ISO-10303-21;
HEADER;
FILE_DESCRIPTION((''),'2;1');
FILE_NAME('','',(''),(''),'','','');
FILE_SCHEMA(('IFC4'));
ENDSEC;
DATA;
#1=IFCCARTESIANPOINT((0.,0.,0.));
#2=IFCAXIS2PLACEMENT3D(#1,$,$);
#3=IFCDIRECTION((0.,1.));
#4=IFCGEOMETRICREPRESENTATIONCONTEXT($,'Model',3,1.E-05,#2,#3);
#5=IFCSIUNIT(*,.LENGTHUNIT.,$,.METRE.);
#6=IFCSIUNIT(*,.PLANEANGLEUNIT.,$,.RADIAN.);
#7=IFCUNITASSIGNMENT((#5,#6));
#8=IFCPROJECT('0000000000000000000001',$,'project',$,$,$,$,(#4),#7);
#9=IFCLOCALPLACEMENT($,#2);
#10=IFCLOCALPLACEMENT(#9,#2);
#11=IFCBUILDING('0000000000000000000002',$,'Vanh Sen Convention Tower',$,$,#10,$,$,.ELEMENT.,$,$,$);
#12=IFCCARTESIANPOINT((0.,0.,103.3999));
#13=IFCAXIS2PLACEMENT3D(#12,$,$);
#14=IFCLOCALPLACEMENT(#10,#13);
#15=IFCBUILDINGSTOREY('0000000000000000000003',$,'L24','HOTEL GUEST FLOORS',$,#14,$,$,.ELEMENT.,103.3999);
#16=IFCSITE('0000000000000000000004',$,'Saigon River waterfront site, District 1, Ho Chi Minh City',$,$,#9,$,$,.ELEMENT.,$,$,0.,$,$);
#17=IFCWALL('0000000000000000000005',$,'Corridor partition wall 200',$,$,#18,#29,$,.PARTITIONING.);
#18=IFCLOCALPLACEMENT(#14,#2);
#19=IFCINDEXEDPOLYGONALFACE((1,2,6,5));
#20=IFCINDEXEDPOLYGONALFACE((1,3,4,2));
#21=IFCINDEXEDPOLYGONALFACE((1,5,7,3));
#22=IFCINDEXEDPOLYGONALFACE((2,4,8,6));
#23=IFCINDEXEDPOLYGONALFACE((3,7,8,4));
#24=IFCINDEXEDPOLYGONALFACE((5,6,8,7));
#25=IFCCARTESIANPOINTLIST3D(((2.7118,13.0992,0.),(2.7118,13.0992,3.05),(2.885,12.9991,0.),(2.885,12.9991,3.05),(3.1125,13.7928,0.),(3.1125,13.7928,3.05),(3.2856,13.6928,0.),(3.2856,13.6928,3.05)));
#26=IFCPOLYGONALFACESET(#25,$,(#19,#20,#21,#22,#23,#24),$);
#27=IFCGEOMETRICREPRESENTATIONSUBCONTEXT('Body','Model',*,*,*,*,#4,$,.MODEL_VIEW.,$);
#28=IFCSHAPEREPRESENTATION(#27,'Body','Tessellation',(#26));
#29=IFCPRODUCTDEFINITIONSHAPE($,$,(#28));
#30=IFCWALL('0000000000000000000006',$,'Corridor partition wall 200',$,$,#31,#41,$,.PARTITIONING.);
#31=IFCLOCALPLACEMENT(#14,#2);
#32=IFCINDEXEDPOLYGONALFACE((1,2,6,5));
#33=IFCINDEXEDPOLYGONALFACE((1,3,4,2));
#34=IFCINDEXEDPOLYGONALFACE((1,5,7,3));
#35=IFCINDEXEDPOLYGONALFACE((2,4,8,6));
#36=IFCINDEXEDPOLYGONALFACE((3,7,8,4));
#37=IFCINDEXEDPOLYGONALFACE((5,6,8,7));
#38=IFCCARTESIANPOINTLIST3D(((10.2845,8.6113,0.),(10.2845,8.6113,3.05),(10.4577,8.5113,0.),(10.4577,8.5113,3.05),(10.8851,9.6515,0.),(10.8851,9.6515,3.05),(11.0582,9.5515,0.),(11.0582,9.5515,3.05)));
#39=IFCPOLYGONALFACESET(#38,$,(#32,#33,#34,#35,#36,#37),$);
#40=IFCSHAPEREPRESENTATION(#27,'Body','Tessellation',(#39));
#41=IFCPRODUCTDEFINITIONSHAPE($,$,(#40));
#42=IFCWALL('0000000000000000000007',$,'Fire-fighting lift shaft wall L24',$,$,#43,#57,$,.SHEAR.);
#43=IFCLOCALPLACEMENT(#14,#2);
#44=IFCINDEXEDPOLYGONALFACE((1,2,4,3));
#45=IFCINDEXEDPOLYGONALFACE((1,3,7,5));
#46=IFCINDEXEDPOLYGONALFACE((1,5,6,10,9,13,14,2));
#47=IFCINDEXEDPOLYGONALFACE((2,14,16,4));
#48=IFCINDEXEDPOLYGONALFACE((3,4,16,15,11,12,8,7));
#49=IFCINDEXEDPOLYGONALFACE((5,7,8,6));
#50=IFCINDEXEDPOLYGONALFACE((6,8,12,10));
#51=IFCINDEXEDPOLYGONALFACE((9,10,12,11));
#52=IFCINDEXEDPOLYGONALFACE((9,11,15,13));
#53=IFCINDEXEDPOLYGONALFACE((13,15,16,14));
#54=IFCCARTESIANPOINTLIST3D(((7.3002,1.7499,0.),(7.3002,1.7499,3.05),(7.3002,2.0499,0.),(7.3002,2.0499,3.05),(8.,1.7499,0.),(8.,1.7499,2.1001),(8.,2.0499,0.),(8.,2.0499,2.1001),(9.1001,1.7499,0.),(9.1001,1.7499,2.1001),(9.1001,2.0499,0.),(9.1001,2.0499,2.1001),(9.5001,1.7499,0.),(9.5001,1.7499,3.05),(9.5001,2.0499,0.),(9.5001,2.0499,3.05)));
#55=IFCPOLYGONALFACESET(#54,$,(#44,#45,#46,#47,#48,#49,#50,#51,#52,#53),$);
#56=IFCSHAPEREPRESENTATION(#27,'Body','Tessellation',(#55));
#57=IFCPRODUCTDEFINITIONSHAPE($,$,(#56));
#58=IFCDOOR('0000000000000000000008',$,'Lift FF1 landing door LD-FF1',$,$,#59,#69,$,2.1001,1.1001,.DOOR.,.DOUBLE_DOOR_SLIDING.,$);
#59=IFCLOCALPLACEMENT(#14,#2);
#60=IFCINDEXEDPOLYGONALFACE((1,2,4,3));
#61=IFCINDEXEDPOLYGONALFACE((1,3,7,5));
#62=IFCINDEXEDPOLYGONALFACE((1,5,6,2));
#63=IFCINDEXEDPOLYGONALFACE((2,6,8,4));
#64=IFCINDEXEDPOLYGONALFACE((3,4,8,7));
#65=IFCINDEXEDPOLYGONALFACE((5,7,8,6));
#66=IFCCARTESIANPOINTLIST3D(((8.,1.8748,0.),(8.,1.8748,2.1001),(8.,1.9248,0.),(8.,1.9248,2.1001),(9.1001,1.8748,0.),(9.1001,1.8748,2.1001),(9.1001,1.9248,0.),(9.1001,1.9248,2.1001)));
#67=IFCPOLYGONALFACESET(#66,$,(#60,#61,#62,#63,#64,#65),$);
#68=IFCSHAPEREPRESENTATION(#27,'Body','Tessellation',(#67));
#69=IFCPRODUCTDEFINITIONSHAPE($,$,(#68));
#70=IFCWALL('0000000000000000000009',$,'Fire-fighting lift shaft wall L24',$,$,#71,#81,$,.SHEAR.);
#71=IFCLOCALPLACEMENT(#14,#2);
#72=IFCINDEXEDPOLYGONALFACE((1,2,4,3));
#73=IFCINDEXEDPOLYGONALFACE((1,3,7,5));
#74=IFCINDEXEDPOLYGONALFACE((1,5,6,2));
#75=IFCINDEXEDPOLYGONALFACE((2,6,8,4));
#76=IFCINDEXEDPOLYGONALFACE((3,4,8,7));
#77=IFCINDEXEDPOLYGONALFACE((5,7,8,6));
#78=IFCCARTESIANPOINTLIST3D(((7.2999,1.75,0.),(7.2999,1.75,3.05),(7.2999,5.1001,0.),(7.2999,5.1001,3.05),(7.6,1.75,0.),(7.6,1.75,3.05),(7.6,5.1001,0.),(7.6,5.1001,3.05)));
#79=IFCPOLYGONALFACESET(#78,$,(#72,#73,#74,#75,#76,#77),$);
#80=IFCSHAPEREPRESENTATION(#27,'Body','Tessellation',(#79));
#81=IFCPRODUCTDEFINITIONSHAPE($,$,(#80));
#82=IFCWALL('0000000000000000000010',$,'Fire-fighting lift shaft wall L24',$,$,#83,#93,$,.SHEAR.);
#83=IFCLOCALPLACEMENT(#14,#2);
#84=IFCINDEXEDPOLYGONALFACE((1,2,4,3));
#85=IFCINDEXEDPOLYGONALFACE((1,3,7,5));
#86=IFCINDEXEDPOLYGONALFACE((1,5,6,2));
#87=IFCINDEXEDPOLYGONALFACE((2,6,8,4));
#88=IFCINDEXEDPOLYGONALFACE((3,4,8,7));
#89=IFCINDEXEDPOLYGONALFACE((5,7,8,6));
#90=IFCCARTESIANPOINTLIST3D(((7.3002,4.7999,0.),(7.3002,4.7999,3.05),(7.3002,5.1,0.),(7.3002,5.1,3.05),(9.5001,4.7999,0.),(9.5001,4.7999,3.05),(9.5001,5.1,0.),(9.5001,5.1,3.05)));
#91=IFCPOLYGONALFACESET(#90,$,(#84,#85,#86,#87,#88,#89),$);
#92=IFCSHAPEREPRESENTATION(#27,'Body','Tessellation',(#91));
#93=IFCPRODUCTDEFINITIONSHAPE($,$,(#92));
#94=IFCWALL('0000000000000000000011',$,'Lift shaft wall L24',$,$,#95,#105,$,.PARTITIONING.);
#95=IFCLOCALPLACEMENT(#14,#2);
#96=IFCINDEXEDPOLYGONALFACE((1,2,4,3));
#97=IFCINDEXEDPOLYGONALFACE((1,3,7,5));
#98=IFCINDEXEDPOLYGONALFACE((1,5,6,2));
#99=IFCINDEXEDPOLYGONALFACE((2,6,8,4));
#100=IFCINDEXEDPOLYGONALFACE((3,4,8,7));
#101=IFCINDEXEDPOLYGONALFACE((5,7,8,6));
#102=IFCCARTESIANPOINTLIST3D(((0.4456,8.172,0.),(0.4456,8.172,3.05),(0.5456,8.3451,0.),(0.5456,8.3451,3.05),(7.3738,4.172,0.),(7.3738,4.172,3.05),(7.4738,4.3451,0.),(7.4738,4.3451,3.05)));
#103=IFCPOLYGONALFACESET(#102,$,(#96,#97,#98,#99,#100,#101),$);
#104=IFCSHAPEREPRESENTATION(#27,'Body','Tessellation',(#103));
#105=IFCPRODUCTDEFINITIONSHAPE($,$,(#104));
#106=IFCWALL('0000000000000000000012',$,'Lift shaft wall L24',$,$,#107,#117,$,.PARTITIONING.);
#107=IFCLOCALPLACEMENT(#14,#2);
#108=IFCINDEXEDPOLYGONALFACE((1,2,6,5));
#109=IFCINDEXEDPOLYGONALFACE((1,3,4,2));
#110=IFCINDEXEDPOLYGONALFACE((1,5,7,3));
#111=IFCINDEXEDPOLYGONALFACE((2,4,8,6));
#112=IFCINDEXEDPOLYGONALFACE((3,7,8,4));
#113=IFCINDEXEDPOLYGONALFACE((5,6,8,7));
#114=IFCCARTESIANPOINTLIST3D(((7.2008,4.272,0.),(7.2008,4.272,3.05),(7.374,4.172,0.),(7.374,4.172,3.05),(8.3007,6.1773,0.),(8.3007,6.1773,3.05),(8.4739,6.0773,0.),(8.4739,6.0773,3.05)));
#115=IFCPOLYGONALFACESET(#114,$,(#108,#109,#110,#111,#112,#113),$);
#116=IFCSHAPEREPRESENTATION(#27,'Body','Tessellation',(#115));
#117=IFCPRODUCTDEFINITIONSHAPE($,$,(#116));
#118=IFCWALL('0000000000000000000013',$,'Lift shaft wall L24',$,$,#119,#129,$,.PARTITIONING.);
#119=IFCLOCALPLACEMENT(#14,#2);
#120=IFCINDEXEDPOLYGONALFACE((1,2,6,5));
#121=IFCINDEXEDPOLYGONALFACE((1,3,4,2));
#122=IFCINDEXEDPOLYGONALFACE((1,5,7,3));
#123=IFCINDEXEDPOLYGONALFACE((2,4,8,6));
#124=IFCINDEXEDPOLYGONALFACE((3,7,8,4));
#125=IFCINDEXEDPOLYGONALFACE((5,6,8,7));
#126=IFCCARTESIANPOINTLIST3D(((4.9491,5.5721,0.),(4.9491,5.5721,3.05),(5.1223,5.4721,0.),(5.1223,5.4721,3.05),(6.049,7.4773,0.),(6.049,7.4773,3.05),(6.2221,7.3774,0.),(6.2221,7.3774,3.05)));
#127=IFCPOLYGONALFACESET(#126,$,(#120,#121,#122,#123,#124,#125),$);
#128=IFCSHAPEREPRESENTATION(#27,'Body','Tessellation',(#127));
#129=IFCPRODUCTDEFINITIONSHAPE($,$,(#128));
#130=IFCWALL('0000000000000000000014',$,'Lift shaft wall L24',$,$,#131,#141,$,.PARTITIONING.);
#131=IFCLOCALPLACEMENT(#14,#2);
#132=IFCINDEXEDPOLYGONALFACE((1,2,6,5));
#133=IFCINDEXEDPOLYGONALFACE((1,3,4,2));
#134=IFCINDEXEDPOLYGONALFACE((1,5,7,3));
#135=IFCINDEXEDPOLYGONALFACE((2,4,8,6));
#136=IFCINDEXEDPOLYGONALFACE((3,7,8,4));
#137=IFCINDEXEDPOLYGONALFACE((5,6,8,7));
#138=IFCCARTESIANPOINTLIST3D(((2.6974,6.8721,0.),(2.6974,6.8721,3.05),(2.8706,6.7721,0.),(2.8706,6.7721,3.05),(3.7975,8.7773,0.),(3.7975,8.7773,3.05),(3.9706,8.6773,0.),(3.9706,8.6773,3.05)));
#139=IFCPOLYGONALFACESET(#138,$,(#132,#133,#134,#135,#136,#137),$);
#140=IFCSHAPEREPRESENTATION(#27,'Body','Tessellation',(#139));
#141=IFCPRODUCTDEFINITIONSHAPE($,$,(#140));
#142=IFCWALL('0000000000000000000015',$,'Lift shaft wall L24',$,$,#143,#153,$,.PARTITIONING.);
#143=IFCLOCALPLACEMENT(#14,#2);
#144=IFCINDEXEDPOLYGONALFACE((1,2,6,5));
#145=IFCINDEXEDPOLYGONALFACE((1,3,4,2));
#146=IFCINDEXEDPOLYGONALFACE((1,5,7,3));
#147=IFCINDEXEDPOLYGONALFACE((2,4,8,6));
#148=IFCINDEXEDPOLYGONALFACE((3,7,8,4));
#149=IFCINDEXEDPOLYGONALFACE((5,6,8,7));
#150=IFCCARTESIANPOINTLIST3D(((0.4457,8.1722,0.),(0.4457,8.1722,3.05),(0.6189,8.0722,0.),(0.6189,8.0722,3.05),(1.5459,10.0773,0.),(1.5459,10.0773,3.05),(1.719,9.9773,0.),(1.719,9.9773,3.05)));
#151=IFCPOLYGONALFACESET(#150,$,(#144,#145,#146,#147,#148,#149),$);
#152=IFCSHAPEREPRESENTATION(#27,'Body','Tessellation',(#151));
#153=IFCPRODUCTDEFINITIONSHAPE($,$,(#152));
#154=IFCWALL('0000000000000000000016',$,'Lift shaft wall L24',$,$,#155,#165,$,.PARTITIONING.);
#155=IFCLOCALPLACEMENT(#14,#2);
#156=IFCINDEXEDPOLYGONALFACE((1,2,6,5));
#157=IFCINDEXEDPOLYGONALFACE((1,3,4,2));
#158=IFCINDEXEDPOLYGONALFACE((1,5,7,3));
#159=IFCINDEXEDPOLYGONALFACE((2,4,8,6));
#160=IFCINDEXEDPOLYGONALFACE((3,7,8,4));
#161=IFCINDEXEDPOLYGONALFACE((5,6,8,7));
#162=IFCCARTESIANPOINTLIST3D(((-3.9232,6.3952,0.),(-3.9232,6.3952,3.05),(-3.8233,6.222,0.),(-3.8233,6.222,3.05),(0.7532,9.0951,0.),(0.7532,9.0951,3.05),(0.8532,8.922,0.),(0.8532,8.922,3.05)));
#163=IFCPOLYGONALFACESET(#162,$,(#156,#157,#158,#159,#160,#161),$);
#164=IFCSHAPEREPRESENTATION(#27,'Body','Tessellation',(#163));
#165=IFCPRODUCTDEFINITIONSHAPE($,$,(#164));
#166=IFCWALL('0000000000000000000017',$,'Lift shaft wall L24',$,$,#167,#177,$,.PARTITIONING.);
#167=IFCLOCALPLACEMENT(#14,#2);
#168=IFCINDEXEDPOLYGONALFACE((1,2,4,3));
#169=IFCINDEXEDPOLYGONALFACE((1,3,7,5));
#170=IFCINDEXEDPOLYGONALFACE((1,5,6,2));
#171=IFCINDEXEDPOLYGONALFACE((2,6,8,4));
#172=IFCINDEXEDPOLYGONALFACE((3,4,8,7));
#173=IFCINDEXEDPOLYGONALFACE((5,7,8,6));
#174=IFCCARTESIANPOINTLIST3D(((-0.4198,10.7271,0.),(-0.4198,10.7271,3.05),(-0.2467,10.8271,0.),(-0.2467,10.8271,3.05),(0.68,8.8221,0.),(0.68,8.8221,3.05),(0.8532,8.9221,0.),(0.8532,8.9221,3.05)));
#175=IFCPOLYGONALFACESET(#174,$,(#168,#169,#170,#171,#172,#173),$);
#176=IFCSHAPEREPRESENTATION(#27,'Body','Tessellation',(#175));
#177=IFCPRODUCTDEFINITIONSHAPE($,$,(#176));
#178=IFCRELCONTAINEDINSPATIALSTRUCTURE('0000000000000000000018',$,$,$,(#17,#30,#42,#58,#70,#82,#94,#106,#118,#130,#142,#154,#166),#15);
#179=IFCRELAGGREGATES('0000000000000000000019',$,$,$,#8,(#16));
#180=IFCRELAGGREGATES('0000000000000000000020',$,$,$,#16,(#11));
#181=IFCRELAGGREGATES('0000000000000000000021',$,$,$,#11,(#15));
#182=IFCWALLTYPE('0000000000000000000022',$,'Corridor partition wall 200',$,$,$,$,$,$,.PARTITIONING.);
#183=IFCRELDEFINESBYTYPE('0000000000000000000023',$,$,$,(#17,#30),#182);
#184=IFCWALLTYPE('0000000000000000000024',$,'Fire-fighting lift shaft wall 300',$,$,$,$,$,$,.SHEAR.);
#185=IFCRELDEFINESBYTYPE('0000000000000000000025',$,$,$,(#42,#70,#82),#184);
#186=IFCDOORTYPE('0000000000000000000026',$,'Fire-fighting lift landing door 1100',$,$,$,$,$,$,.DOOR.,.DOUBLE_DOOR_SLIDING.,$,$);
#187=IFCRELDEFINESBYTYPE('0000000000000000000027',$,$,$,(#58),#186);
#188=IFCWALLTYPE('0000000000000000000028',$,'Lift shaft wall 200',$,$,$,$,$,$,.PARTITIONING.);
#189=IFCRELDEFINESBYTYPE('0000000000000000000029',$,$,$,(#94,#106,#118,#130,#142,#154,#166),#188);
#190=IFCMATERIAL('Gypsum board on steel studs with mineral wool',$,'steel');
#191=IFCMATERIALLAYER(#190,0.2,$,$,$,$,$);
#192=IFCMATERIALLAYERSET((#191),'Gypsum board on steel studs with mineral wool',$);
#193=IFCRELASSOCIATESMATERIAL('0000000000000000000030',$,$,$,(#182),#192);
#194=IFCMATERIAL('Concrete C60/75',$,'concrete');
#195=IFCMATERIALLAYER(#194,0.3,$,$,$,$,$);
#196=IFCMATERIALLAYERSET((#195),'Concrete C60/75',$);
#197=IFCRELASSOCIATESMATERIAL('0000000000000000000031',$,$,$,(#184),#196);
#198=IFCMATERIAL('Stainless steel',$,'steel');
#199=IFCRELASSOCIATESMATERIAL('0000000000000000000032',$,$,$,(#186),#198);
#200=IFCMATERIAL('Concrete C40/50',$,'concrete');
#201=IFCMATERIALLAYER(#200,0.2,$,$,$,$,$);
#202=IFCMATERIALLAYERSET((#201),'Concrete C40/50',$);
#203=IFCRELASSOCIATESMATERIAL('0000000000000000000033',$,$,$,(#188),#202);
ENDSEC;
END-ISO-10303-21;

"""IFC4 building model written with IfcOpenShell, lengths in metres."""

from ifc_helpers import new_model, si_unit, direction, frame, frame_2d, origin, place, context, subcontext, project, spatial, rectangle, extrude, material, layer, layer_set, type_object, element, fill, save


model = new_model("IFC4")

# Units and contexts
model_context = context("Model", 3, precision=1e-05, world=origin(), true_north=direction((0.0, 1.0)))
body_context = subcontext(model_context, "Body", "Model", "MODEL_VIEW")
ifc_project = project(units=[si_unit("LENGTHUNIT", "METRE"), si_unit("PLANEANGLEUNIT", "RADIAN")], contexts=[model_context])

# Site, building, storey
site_placement = place(None, origin())
site = spatial("IfcSite", under=ifc_project, at=site_placement, Name="Saigon River waterfront site, District 1, Ho Chi Minh City", CompositionType="ELEMENT", RefElevation=0.0)
building_placement = place(site_placement, origin())
building = spatial("IfcBuilding", under=site, at=building_placement, Name="Vanh Sen Convention Tower", CompositionType="ELEMENT")
storey_placement = place(building_placement, frame((0.0, 0.0, 103.3999)))
storey = spatial("IfcBuildingStorey", under=building, at=storey_placement, Name="L24", Description="HOTEL GUEST FLOORS", CompositionType="ELEMENT", Elevation=103.3999)

# Shared definitions
ifc_material_1 = material(Name="Stainless steel", Category="steel")

# Walls
ifc_material_2 = material(Name="Gypsum board on steel studs with mineral wool", Category="steel")
ifc_layer_1 = layer(ifc_material_2, 0.2)
ifc_layer_set_1 = layer_set([ifc_layer_1], Name="Gypsum board on steel studs with mineral wool")
wall_type_1 = type_object("IfcWallType", Name="Corridor partition wall 200", PredefinedType="PARTITIONING", material=ifc_layer_set_1)
wall_1_placement = place(storey_placement, frame((3.199, 13.7427, 0.0), z_axis=(0.0, 0.0, 1.0), x_axis=(-0.500171, -0.865927, 0.0)))
element("IfcWall", 1, at=wall_1_placement, inside=storey, type_object=wall_type_1, Name="Corridor partition wall 200", PredefinedType="PARTITIONING", context=body_context, shape_type="SweptSolid", body=[
    extrude(rectangle(XDim=0.801, YDim=0.2, at=frame_2d((0.4004, 0.0))), origin(), (0.0, 0.0, 1.0), 3.05),
])
wall_2_placement = place(storey_placement, frame((10.3711, 8.5613, 0.0), z_axis=(0.0, 0.0, 1.0), x_axis=(0.499986, 0.866033, 0.0)))
element("IfcWall", 2, at=wall_2_placement, inside=storey, type_object=wall_type_1, Name="Corridor partition wall 200", PredefinedType="PARTITIONING", context=body_context, shape_type="SweptSolid", body=[
    extrude(rectangle(XDim=1.2012, YDim=0.2, at=frame_2d((0.6006, 0.0))), origin(), (0.0, 0.0, 1.0), 3.05),
])

# Wall, opening, door
ifc_material_3 = material(Name="Concrete C60/75", Category="concrete")
ifc_layer_2 = layer(ifc_material_3, 0.3)
ifc_layer_set_2 = layer_set([ifc_layer_2], Name="Concrete C60/75")
wall_type_2 = type_object("IfcWallType", Name="Fire-fighting lift shaft wall 300", PredefinedType="SHEAR", material=ifc_layer_set_2)
wall_3_placement = place(storey_placement, frame((7.3, 1.8999, 0.0), z_axis=(0.0, 0.0, 1.0), x_axis=(1.0, 0.0, 0.0)))
wall_3 = element("IfcWall", 3, at=wall_3_placement, inside=storey, type_object=wall_type_2, Name="Fire-fighting lift shaft wall L24", PredefinedType="SHEAR", context=body_context, shape_type="SweptSolid", body=[
    extrude(rectangle(XDim=2.2, YDim=0.3, at=frame_2d((1.1001, 0.0))), origin(), (0.0, 0.0, 1.0), 3.05),
])
opening_1_placement = place(wall_3_placement, frame((0.7, 0.0, 0.0)))
opening_1 = element("IfcOpeningElement", 4, at=opening_1_placement, cuts=wall_3, PredefinedType="OPENING", context=body_context, shape_type="SweptSolid", body=[
    extrude(rectangle(XDim=1.1001, YDim=2.1001, at=frame_2d((0.55, 1.05))), frame((0.0, 0.1599, 0.0), z_axis=(0.0, -1.0, 0.0), x_axis=(1.0, 0.0, 0.0)), (0.0, 0.0, 1.0), 0.3201),
])
door_type_1 = type_object("IfcDoorType", Name="Fire-fighting lift landing door 1100", OperationType="DOUBLE_DOOR_SLIDING", PredefinedType="DOOR", material=ifc_material_1)
door_1_placement = place(opening_1_placement, origin())
door_1 = element("IfcDoor", 5, at=door_1_placement, inside=storey, type_object=door_type_1, Name="Lift FF1 landing door LD-FF1", OperationType="DOUBLE_DOOR_SLIDING", OverallHeight=2.1001, OverallWidth=1.1001, PredefinedType="DOOR", context=body_context, shape_type="SweptSolid", body=[
    extrude(rectangle(XDim=1.1001, YDim=2.1001, at=frame_2d((0.55, 1.05))), frame((0.0, 0.0249, 0.0), z_axis=(0.0, -1.0, 0.0), x_axis=(1.0, 0.0, 0.0)), (0.0, 0.0, 1.0), 0.05),
])
fill(opening_1, door_1)

# Walls
wall_4_placement = place(storey_placement, frame((7.45, 1.75, 0.0), z_axis=(0.0, 0.0, 1.0), x_axis=(0.0, 1.0, 0.0)))
element("IfcWall", 6, at=wall_4_placement, inside=storey, type_object=wall_type_2, Name="Fire-fighting lift shaft wall L24", PredefinedType="SHEAR", context=body_context, shape_type="SweptSolid", body=[
    extrude(rectangle(XDim=3.3501, YDim=0.3, at=frame_2d((1.675, 0.0))), origin(), (0.0, 0.0, 1.0), 3.05),
])
wall_5_placement = place(storey_placement, frame((7.3, 4.95, 0.0), z_axis=(0.0, 0.0, 1.0), x_axis=(1.0, 0.0, 0.0)))
element("IfcWall", 7, at=wall_5_placement, inside=storey, type_object=wall_type_2, Name="Fire-fighting lift shaft wall L24", PredefinedType="SHEAR", context=body_context, shape_type="SweptSolid", body=[
    extrude(rectangle(XDim=2.2, YDim=0.3, at=frame_2d((1.1001, 0.0))), origin(), (0.0, 0.0, 1.0), 3.05),
])
ifc_material_4 = material(Name="Concrete C40/50", Category="concrete")
ifc_layer_3 = layer(ifc_material_4, 0.2)
ifc_layer_set_3 = layer_set([ifc_layer_3], Name="Concrete C40/50")
wall_type_3 = type_object("IfcWallType", Name="Lift shaft wall 200", PredefinedType="PARTITIONING", material=ifc_layer_set_3)
wall_6_placement = place(storey_placement, frame((7.4238, 4.2585, 0.0), z_axis=(0.0, 0.0, 1.0), x_axis=(-0.866026, 0.499999, 0.0)))
element("IfcWall", 8, at=wall_6_placement, inside=storey, type_object=wall_type_3, Name="Lift shaft wall L24", PredefinedType="PARTITIONING", context=body_context, shape_type="SweptSolid", body=[
    extrude(rectangle(XDim=8.0, YDim=0.2, at=frame_2d((4.0, 0.0))), origin(), (0.0, 0.0, 1.0), 3.05),
])
for number, where, z_axis, x_axis, name in (
    (9, (7.2874, 4.2219, 0.0), (0.0, 0.0, 1.0), (0.499947, 0.866056, 0.0), "Lift shaft wall L24"),
    (10, (5.0356, 5.522, 0.0), (0.0, 0.0, 1.0), (0.499947, 0.866056, 0.0), "Lift shaft wall L24"),
    (11, (2.7839, 6.822, 0.0), (0.0, 0.0, 1.0), (0.50003, 0.866008, 0.0), "Lift shaft wall L24"),
    (12, (0.5322, 8.1221, 0.0), (0.0, 0.0, 1.0), (0.500078, 0.86598, 0.0), "Lift shaft wall L24"),
):
    element("IfcWall", number, at=place(storey_placement, frame(where, z_axis=z_axis, x_axis=x_axis)), inside=storey, type_object=wall_type_3, Name=name, PredefinedType="PARTITIONING", context=body_context, shape_type="SweptSolid", body=[
        extrude(rectangle(XDim=2.2, YDim=0.2, at=frame_2d((1.1001, 0.0))), origin(), (0.0, 0.0, 1.0), 3.05),
    ])
wall_7_placement = place(storey_placement, frame((0.8032, 9.0085, 0.0), z_axis=(0.0, 0.0, 1.0), x_axis=(-0.866028, -0.499995, 0.0)))
element("IfcWall", 13, at=wall_7_placement, inside=storey, type_object=wall_type_3, Name="Lift shaft wall L24", PredefinedType="PARTITIONING", context=body_context, shape_type="SweptSolid", body=[
    extrude(rectangle(XDim=5.3999, YDim=0.2, at=frame_2d((2.7, 0.0))), origin(), (0.0, 0.0, 1.0), 3.05),
])
wall_8_placement = place(storey_placement, frame((0.7666, 8.8721, 0.0), z_axis=(0.0, 0.0, 1.0), x_axis=(-0.499995, 0.866028, 0.0)))
element("IfcWall", 14, at=wall_8_placement, inside=storey, type_object=wall_type_3, Name="Lift shaft wall L24", PredefinedType="PARTITIONING", context=body_context, shape_type="SweptSolid", body=[
    extrude(rectangle(XDim=2.1997, YDim=0.2, at=frame_2d((1.0999, 0.0))), origin(), (0.0, 0.0, 1.0), 3.05),
])

save(model, "model.ifc")
